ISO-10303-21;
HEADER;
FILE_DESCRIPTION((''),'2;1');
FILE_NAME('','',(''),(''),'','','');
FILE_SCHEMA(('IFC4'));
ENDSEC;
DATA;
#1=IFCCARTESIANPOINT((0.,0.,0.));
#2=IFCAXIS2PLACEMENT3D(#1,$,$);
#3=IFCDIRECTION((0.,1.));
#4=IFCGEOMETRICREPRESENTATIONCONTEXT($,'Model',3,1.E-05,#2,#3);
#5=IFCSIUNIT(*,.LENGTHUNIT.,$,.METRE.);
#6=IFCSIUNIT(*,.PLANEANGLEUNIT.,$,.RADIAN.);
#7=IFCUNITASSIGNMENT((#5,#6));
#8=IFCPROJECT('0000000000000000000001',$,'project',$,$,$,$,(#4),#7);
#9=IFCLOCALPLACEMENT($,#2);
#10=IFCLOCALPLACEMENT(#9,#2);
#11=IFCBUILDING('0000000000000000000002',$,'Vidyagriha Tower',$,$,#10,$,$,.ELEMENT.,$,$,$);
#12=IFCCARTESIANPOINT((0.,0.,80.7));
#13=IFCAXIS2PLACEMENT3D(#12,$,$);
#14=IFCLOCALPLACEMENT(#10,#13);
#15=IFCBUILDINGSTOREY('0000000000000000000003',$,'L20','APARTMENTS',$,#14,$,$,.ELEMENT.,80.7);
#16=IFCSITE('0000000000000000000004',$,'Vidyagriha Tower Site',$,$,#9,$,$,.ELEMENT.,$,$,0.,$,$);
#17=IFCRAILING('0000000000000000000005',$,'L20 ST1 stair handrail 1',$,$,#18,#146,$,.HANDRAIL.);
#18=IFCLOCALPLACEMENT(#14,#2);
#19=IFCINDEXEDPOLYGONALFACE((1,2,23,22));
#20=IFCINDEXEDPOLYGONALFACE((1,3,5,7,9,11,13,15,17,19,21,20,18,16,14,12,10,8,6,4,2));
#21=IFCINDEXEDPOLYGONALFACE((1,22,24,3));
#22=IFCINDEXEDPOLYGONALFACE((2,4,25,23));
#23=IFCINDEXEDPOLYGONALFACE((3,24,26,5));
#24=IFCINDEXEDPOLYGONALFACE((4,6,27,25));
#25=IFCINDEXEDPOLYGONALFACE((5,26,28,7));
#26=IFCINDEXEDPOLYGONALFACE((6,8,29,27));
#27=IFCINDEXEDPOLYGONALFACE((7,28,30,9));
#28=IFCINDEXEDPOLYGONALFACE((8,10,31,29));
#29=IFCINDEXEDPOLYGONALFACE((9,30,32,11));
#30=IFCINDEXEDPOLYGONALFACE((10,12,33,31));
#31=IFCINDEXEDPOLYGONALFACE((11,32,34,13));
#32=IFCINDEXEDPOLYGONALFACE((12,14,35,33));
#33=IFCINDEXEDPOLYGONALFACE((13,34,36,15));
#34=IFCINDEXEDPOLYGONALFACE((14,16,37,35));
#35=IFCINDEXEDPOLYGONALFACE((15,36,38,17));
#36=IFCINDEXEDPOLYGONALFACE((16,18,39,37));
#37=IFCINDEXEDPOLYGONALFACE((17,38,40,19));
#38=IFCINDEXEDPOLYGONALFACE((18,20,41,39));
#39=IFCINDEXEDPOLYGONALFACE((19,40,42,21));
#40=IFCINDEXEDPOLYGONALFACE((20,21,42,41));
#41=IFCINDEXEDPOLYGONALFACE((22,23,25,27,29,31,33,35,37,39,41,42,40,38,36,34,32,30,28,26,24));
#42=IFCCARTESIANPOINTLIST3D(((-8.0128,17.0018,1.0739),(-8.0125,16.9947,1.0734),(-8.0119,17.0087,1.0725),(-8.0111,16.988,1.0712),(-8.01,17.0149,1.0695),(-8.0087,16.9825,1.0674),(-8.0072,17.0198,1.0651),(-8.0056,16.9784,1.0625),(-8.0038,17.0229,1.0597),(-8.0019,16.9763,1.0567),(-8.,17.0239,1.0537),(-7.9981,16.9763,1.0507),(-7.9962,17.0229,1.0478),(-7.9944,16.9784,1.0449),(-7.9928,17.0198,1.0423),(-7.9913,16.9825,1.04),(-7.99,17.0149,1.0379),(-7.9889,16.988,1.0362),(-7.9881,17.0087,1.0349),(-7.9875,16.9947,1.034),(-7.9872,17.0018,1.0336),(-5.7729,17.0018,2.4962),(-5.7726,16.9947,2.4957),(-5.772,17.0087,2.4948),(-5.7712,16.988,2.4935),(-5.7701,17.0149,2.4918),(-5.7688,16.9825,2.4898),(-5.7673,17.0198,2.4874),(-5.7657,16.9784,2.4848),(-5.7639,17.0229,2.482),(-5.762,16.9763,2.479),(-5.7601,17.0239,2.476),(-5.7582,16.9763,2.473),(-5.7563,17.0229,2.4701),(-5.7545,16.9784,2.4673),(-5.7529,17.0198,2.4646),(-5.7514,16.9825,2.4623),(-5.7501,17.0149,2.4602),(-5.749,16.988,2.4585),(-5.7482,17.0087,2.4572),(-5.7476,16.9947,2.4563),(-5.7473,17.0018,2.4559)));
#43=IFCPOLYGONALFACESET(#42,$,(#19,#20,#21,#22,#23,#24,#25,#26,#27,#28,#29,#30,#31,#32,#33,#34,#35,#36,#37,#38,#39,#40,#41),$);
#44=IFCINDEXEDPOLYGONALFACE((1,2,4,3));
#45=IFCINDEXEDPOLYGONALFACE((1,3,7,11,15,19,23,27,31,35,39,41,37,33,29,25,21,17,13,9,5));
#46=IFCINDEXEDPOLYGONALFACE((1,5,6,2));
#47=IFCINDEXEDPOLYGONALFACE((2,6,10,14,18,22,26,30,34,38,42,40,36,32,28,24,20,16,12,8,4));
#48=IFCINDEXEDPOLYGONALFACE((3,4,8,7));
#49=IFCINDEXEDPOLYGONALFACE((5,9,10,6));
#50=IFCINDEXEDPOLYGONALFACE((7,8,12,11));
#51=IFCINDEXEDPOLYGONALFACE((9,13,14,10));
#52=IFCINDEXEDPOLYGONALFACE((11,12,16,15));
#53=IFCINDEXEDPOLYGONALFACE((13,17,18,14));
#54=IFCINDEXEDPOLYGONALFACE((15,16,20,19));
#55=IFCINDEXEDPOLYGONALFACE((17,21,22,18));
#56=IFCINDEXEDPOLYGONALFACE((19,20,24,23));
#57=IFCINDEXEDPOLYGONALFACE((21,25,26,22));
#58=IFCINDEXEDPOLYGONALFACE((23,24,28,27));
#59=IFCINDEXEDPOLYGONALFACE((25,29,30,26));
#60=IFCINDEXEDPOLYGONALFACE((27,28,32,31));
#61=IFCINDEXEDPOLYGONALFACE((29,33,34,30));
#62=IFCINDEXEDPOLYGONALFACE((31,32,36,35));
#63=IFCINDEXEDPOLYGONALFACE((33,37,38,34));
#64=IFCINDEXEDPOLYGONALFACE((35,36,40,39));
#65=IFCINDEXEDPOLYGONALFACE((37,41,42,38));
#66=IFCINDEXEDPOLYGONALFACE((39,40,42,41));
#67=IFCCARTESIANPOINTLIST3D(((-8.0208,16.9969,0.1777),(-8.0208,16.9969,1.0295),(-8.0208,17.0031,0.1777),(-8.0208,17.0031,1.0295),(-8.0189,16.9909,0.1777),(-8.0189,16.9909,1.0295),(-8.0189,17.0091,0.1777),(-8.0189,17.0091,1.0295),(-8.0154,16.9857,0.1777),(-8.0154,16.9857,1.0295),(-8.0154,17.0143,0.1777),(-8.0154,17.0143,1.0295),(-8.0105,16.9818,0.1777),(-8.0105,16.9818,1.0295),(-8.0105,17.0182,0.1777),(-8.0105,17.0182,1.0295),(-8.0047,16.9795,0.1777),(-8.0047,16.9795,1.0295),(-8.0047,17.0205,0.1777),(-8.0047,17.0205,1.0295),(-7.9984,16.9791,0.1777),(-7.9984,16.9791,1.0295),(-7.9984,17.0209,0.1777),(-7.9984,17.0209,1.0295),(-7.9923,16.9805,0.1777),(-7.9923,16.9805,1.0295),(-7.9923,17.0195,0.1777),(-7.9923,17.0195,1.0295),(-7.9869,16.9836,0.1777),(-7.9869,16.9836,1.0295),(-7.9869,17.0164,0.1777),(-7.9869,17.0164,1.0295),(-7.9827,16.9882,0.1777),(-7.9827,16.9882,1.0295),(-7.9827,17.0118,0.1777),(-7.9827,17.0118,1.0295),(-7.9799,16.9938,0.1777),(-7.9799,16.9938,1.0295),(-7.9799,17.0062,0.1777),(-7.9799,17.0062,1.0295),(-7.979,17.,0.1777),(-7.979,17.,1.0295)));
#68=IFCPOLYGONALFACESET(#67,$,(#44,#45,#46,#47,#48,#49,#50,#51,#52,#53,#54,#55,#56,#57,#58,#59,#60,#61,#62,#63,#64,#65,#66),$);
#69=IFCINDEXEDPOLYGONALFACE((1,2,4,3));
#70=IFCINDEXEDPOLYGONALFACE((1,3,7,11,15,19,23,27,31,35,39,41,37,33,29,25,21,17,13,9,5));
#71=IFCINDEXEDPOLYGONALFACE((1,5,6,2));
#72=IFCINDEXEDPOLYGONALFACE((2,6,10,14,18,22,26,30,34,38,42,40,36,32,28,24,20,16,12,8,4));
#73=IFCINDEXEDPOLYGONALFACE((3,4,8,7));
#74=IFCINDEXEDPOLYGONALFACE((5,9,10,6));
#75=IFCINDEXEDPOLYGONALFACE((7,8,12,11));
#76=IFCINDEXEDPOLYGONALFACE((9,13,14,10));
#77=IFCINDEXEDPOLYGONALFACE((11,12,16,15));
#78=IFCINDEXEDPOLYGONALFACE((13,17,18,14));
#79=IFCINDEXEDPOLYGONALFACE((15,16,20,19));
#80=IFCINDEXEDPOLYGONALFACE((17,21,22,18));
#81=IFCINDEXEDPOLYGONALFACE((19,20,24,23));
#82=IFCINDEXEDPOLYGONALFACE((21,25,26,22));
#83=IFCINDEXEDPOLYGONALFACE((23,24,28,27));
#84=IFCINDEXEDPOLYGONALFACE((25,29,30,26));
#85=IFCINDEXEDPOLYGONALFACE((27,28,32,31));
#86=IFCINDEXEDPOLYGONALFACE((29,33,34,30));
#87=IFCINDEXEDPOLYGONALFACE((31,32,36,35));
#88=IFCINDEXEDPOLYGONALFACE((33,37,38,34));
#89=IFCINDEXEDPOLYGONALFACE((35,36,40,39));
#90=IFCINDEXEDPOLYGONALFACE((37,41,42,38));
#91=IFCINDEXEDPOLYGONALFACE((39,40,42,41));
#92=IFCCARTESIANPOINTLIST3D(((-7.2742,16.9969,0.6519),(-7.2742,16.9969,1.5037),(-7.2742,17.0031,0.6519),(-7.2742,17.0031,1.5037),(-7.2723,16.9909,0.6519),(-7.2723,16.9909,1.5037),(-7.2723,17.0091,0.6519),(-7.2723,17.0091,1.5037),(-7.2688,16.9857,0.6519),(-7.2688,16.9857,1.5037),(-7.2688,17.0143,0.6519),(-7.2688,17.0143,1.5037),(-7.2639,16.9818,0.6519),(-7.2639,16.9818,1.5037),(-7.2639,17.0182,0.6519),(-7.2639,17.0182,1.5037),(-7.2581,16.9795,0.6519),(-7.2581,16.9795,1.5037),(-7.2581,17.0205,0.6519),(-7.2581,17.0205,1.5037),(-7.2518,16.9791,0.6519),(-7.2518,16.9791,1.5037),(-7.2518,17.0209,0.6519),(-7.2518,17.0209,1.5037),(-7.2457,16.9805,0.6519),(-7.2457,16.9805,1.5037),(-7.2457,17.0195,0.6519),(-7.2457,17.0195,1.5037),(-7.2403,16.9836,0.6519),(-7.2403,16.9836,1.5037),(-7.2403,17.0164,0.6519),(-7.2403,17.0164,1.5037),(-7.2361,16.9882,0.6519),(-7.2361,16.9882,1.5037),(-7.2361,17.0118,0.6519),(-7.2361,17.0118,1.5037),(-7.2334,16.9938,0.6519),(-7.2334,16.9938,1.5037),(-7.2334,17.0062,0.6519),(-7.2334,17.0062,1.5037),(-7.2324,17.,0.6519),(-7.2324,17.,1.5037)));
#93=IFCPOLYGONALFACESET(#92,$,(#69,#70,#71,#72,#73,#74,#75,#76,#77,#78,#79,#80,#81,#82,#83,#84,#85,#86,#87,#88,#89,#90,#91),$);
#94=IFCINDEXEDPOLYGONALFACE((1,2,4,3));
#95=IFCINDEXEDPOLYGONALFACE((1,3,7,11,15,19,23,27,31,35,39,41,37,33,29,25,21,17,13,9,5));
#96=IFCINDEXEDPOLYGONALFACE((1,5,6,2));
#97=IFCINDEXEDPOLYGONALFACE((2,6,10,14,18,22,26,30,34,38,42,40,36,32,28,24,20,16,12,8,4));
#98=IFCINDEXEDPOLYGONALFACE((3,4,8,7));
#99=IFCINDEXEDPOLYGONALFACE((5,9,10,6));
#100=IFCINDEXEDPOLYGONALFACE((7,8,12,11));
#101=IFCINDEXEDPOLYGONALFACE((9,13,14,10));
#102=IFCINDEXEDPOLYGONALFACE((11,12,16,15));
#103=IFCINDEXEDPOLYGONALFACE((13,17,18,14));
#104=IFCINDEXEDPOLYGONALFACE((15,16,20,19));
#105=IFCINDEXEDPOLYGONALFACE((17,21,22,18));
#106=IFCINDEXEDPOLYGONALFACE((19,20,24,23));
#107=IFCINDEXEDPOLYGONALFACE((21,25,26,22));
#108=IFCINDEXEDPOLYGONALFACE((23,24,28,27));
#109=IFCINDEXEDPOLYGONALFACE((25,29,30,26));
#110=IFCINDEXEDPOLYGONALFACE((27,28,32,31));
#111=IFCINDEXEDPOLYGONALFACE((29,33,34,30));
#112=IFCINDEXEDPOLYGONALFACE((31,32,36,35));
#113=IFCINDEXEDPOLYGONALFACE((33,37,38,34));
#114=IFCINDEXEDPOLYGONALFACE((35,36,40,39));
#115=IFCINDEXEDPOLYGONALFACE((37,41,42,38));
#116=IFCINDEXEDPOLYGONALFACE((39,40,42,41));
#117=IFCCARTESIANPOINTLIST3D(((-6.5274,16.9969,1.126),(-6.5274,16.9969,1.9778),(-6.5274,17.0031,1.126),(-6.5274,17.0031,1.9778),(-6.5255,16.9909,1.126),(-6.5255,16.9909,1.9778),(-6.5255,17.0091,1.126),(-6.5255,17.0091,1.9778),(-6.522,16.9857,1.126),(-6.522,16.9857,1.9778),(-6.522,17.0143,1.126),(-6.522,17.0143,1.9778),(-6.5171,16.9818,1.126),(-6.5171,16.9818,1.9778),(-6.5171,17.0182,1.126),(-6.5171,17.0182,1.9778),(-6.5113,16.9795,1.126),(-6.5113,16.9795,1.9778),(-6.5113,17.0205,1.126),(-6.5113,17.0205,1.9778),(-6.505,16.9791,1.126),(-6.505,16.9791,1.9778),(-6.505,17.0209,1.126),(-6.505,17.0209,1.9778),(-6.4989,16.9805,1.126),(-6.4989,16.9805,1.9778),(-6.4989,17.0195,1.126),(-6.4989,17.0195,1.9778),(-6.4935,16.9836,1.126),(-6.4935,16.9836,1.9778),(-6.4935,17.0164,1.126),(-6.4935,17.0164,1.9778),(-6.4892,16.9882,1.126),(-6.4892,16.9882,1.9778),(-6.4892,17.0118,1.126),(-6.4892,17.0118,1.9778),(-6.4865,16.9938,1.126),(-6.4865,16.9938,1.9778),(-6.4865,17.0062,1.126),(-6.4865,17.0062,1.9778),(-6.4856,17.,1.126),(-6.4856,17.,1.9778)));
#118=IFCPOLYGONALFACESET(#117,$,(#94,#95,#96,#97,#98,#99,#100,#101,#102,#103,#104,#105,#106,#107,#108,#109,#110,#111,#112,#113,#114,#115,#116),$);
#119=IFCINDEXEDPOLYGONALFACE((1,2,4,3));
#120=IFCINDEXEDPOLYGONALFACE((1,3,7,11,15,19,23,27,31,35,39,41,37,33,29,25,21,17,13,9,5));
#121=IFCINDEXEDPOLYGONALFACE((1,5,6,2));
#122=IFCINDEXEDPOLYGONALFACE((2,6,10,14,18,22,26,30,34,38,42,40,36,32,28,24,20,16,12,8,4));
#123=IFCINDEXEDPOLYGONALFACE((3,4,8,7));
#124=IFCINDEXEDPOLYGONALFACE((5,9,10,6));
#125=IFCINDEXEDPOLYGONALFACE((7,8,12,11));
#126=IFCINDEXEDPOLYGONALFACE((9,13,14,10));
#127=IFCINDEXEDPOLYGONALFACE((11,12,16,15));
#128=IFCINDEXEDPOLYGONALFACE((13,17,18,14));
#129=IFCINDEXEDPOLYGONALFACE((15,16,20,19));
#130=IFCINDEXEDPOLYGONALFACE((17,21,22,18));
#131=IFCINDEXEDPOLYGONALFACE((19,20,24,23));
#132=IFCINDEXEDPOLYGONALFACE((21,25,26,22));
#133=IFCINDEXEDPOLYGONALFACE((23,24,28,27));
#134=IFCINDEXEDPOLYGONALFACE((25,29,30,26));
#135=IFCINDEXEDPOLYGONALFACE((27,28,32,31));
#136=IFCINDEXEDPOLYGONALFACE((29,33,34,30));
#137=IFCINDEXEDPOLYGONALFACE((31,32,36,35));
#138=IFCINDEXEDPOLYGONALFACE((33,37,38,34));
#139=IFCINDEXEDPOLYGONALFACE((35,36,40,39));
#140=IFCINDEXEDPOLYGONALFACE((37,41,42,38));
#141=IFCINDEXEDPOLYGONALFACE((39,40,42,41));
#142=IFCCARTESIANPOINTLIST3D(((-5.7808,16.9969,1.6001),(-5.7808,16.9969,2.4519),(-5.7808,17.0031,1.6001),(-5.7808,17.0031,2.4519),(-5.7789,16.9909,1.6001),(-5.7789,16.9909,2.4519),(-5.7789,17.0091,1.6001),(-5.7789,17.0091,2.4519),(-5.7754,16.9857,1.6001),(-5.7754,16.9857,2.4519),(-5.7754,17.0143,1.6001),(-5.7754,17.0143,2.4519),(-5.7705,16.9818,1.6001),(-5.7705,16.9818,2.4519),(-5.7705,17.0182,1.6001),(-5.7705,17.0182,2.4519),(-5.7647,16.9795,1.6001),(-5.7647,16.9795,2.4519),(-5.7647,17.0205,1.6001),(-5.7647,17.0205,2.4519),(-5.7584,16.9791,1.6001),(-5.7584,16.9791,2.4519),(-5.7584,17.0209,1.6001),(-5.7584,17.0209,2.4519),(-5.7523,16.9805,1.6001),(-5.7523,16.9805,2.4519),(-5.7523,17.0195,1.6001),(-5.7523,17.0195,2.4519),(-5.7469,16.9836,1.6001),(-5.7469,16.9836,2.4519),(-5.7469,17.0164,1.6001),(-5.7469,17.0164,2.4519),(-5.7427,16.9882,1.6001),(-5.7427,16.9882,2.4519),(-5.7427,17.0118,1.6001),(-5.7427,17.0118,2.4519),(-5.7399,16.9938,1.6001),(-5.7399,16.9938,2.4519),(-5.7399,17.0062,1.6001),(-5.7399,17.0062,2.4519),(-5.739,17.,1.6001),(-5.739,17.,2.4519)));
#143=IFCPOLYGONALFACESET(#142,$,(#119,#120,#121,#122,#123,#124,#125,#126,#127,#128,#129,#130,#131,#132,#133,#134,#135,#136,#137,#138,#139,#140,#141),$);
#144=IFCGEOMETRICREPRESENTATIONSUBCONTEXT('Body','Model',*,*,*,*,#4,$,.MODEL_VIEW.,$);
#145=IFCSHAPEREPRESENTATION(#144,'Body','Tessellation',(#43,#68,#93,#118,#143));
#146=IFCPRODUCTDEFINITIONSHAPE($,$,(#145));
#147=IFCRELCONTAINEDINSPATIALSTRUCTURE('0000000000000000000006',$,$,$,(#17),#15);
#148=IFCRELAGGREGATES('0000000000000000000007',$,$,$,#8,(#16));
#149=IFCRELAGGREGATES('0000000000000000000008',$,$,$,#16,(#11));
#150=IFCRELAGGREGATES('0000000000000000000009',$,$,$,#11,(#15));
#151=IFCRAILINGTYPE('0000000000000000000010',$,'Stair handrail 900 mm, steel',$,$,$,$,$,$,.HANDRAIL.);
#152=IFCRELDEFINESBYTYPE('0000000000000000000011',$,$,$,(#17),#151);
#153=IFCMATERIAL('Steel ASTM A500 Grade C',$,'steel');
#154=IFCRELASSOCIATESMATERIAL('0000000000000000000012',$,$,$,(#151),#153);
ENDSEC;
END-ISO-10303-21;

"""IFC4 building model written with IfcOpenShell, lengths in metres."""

from ifc_helpers import new_model, si_unit, direction, frame, origin, origin_2d, place, context, subcontext, project, spatial, circle, extrude, material, type_object, element, save


model = new_model("IFC4")

# Units and contexts
model_context = context("Model", 3, precision=1e-05, world=origin(), true_north=direction((0.0, 1.0)))
body_context = subcontext(model_context, "Body", "Model", "MODEL_VIEW")
ifc_project = project(units=[si_unit("LENGTHUNIT", "METRE"), si_unit("PLANEANGLEUNIT", "RADIAN")], contexts=[model_context])

# Site, building, storey
site_placement = place(None, origin())
site = spatial("IfcSite", under=ifc_project, at=site_placement, Name="Vidyagriha Tower Site", CompositionType="ELEMENT", RefElevation=0.0)
building_placement = place(site_placement, origin())
building = spatial("IfcBuilding", under=site, at=building_placement, Name="Vidyagriha Tower", CompositionType="ELEMENT")
storey_placement = place(building_placement, frame((0.0, 0.0, 80.7)))
storey = spatial("IfcBuildingStorey", under=building, at=storey_placement, Name="L20", Description="APARTMENTS", CompositionType="ELEMENT", Elevation=80.7)

# Railing
ifc_material_1 = material(Name="Steel ASTM A500 Grade C", Category="steel")
railing_type_1 = type_object("IfcRailingType", Name="Stair handrail 900 mm, steel", PredefinedType="HANDRAIL", material=ifc_material_1)
railing_1_placement = place(storey_placement, frame((-8.0, 17.0, 0.1777)))
element("IfcRailing", 1, at=railing_1_placement, inside=storey, type_object=railing_type_1, Name="L20 ST1 stair handrail 1", PredefinedType="HANDRAIL", context=body_context, shape_type="SweptSolid", body=[
    extrude(circle(Radius=0.0239, at=origin_2d()), frame((0.0, 0.0, 0.876), z_axis=(0.844188, 0.0, 0.536048), x_axis=(0.0, 1.0, 0.0)), (0.0, 0.0, 1.0), 2.6533),
    extrude(circle(Radius=0.021, at=origin_2d()), origin(), (0.0, 0.0, 1.0), 0.8518),
    extrude(circle(Radius=0.021, at=origin_2d()), frame((0.7466, 0.0, 0.4741)), (0.0, 0.0, 1.0), 0.8518),
    extrude(circle(Radius=0.021, at=origin_2d()), frame((1.4934, 0.0, 0.9482)), (0.0, 0.0, 1.0), 0.8518),
    extrude(circle(Radius=0.021, at=origin_2d()), frame((2.24, 0.0, 1.4224)), (0.0, 0.0, 1.0), 0.8518),
])

save(model, "model.ifc")
